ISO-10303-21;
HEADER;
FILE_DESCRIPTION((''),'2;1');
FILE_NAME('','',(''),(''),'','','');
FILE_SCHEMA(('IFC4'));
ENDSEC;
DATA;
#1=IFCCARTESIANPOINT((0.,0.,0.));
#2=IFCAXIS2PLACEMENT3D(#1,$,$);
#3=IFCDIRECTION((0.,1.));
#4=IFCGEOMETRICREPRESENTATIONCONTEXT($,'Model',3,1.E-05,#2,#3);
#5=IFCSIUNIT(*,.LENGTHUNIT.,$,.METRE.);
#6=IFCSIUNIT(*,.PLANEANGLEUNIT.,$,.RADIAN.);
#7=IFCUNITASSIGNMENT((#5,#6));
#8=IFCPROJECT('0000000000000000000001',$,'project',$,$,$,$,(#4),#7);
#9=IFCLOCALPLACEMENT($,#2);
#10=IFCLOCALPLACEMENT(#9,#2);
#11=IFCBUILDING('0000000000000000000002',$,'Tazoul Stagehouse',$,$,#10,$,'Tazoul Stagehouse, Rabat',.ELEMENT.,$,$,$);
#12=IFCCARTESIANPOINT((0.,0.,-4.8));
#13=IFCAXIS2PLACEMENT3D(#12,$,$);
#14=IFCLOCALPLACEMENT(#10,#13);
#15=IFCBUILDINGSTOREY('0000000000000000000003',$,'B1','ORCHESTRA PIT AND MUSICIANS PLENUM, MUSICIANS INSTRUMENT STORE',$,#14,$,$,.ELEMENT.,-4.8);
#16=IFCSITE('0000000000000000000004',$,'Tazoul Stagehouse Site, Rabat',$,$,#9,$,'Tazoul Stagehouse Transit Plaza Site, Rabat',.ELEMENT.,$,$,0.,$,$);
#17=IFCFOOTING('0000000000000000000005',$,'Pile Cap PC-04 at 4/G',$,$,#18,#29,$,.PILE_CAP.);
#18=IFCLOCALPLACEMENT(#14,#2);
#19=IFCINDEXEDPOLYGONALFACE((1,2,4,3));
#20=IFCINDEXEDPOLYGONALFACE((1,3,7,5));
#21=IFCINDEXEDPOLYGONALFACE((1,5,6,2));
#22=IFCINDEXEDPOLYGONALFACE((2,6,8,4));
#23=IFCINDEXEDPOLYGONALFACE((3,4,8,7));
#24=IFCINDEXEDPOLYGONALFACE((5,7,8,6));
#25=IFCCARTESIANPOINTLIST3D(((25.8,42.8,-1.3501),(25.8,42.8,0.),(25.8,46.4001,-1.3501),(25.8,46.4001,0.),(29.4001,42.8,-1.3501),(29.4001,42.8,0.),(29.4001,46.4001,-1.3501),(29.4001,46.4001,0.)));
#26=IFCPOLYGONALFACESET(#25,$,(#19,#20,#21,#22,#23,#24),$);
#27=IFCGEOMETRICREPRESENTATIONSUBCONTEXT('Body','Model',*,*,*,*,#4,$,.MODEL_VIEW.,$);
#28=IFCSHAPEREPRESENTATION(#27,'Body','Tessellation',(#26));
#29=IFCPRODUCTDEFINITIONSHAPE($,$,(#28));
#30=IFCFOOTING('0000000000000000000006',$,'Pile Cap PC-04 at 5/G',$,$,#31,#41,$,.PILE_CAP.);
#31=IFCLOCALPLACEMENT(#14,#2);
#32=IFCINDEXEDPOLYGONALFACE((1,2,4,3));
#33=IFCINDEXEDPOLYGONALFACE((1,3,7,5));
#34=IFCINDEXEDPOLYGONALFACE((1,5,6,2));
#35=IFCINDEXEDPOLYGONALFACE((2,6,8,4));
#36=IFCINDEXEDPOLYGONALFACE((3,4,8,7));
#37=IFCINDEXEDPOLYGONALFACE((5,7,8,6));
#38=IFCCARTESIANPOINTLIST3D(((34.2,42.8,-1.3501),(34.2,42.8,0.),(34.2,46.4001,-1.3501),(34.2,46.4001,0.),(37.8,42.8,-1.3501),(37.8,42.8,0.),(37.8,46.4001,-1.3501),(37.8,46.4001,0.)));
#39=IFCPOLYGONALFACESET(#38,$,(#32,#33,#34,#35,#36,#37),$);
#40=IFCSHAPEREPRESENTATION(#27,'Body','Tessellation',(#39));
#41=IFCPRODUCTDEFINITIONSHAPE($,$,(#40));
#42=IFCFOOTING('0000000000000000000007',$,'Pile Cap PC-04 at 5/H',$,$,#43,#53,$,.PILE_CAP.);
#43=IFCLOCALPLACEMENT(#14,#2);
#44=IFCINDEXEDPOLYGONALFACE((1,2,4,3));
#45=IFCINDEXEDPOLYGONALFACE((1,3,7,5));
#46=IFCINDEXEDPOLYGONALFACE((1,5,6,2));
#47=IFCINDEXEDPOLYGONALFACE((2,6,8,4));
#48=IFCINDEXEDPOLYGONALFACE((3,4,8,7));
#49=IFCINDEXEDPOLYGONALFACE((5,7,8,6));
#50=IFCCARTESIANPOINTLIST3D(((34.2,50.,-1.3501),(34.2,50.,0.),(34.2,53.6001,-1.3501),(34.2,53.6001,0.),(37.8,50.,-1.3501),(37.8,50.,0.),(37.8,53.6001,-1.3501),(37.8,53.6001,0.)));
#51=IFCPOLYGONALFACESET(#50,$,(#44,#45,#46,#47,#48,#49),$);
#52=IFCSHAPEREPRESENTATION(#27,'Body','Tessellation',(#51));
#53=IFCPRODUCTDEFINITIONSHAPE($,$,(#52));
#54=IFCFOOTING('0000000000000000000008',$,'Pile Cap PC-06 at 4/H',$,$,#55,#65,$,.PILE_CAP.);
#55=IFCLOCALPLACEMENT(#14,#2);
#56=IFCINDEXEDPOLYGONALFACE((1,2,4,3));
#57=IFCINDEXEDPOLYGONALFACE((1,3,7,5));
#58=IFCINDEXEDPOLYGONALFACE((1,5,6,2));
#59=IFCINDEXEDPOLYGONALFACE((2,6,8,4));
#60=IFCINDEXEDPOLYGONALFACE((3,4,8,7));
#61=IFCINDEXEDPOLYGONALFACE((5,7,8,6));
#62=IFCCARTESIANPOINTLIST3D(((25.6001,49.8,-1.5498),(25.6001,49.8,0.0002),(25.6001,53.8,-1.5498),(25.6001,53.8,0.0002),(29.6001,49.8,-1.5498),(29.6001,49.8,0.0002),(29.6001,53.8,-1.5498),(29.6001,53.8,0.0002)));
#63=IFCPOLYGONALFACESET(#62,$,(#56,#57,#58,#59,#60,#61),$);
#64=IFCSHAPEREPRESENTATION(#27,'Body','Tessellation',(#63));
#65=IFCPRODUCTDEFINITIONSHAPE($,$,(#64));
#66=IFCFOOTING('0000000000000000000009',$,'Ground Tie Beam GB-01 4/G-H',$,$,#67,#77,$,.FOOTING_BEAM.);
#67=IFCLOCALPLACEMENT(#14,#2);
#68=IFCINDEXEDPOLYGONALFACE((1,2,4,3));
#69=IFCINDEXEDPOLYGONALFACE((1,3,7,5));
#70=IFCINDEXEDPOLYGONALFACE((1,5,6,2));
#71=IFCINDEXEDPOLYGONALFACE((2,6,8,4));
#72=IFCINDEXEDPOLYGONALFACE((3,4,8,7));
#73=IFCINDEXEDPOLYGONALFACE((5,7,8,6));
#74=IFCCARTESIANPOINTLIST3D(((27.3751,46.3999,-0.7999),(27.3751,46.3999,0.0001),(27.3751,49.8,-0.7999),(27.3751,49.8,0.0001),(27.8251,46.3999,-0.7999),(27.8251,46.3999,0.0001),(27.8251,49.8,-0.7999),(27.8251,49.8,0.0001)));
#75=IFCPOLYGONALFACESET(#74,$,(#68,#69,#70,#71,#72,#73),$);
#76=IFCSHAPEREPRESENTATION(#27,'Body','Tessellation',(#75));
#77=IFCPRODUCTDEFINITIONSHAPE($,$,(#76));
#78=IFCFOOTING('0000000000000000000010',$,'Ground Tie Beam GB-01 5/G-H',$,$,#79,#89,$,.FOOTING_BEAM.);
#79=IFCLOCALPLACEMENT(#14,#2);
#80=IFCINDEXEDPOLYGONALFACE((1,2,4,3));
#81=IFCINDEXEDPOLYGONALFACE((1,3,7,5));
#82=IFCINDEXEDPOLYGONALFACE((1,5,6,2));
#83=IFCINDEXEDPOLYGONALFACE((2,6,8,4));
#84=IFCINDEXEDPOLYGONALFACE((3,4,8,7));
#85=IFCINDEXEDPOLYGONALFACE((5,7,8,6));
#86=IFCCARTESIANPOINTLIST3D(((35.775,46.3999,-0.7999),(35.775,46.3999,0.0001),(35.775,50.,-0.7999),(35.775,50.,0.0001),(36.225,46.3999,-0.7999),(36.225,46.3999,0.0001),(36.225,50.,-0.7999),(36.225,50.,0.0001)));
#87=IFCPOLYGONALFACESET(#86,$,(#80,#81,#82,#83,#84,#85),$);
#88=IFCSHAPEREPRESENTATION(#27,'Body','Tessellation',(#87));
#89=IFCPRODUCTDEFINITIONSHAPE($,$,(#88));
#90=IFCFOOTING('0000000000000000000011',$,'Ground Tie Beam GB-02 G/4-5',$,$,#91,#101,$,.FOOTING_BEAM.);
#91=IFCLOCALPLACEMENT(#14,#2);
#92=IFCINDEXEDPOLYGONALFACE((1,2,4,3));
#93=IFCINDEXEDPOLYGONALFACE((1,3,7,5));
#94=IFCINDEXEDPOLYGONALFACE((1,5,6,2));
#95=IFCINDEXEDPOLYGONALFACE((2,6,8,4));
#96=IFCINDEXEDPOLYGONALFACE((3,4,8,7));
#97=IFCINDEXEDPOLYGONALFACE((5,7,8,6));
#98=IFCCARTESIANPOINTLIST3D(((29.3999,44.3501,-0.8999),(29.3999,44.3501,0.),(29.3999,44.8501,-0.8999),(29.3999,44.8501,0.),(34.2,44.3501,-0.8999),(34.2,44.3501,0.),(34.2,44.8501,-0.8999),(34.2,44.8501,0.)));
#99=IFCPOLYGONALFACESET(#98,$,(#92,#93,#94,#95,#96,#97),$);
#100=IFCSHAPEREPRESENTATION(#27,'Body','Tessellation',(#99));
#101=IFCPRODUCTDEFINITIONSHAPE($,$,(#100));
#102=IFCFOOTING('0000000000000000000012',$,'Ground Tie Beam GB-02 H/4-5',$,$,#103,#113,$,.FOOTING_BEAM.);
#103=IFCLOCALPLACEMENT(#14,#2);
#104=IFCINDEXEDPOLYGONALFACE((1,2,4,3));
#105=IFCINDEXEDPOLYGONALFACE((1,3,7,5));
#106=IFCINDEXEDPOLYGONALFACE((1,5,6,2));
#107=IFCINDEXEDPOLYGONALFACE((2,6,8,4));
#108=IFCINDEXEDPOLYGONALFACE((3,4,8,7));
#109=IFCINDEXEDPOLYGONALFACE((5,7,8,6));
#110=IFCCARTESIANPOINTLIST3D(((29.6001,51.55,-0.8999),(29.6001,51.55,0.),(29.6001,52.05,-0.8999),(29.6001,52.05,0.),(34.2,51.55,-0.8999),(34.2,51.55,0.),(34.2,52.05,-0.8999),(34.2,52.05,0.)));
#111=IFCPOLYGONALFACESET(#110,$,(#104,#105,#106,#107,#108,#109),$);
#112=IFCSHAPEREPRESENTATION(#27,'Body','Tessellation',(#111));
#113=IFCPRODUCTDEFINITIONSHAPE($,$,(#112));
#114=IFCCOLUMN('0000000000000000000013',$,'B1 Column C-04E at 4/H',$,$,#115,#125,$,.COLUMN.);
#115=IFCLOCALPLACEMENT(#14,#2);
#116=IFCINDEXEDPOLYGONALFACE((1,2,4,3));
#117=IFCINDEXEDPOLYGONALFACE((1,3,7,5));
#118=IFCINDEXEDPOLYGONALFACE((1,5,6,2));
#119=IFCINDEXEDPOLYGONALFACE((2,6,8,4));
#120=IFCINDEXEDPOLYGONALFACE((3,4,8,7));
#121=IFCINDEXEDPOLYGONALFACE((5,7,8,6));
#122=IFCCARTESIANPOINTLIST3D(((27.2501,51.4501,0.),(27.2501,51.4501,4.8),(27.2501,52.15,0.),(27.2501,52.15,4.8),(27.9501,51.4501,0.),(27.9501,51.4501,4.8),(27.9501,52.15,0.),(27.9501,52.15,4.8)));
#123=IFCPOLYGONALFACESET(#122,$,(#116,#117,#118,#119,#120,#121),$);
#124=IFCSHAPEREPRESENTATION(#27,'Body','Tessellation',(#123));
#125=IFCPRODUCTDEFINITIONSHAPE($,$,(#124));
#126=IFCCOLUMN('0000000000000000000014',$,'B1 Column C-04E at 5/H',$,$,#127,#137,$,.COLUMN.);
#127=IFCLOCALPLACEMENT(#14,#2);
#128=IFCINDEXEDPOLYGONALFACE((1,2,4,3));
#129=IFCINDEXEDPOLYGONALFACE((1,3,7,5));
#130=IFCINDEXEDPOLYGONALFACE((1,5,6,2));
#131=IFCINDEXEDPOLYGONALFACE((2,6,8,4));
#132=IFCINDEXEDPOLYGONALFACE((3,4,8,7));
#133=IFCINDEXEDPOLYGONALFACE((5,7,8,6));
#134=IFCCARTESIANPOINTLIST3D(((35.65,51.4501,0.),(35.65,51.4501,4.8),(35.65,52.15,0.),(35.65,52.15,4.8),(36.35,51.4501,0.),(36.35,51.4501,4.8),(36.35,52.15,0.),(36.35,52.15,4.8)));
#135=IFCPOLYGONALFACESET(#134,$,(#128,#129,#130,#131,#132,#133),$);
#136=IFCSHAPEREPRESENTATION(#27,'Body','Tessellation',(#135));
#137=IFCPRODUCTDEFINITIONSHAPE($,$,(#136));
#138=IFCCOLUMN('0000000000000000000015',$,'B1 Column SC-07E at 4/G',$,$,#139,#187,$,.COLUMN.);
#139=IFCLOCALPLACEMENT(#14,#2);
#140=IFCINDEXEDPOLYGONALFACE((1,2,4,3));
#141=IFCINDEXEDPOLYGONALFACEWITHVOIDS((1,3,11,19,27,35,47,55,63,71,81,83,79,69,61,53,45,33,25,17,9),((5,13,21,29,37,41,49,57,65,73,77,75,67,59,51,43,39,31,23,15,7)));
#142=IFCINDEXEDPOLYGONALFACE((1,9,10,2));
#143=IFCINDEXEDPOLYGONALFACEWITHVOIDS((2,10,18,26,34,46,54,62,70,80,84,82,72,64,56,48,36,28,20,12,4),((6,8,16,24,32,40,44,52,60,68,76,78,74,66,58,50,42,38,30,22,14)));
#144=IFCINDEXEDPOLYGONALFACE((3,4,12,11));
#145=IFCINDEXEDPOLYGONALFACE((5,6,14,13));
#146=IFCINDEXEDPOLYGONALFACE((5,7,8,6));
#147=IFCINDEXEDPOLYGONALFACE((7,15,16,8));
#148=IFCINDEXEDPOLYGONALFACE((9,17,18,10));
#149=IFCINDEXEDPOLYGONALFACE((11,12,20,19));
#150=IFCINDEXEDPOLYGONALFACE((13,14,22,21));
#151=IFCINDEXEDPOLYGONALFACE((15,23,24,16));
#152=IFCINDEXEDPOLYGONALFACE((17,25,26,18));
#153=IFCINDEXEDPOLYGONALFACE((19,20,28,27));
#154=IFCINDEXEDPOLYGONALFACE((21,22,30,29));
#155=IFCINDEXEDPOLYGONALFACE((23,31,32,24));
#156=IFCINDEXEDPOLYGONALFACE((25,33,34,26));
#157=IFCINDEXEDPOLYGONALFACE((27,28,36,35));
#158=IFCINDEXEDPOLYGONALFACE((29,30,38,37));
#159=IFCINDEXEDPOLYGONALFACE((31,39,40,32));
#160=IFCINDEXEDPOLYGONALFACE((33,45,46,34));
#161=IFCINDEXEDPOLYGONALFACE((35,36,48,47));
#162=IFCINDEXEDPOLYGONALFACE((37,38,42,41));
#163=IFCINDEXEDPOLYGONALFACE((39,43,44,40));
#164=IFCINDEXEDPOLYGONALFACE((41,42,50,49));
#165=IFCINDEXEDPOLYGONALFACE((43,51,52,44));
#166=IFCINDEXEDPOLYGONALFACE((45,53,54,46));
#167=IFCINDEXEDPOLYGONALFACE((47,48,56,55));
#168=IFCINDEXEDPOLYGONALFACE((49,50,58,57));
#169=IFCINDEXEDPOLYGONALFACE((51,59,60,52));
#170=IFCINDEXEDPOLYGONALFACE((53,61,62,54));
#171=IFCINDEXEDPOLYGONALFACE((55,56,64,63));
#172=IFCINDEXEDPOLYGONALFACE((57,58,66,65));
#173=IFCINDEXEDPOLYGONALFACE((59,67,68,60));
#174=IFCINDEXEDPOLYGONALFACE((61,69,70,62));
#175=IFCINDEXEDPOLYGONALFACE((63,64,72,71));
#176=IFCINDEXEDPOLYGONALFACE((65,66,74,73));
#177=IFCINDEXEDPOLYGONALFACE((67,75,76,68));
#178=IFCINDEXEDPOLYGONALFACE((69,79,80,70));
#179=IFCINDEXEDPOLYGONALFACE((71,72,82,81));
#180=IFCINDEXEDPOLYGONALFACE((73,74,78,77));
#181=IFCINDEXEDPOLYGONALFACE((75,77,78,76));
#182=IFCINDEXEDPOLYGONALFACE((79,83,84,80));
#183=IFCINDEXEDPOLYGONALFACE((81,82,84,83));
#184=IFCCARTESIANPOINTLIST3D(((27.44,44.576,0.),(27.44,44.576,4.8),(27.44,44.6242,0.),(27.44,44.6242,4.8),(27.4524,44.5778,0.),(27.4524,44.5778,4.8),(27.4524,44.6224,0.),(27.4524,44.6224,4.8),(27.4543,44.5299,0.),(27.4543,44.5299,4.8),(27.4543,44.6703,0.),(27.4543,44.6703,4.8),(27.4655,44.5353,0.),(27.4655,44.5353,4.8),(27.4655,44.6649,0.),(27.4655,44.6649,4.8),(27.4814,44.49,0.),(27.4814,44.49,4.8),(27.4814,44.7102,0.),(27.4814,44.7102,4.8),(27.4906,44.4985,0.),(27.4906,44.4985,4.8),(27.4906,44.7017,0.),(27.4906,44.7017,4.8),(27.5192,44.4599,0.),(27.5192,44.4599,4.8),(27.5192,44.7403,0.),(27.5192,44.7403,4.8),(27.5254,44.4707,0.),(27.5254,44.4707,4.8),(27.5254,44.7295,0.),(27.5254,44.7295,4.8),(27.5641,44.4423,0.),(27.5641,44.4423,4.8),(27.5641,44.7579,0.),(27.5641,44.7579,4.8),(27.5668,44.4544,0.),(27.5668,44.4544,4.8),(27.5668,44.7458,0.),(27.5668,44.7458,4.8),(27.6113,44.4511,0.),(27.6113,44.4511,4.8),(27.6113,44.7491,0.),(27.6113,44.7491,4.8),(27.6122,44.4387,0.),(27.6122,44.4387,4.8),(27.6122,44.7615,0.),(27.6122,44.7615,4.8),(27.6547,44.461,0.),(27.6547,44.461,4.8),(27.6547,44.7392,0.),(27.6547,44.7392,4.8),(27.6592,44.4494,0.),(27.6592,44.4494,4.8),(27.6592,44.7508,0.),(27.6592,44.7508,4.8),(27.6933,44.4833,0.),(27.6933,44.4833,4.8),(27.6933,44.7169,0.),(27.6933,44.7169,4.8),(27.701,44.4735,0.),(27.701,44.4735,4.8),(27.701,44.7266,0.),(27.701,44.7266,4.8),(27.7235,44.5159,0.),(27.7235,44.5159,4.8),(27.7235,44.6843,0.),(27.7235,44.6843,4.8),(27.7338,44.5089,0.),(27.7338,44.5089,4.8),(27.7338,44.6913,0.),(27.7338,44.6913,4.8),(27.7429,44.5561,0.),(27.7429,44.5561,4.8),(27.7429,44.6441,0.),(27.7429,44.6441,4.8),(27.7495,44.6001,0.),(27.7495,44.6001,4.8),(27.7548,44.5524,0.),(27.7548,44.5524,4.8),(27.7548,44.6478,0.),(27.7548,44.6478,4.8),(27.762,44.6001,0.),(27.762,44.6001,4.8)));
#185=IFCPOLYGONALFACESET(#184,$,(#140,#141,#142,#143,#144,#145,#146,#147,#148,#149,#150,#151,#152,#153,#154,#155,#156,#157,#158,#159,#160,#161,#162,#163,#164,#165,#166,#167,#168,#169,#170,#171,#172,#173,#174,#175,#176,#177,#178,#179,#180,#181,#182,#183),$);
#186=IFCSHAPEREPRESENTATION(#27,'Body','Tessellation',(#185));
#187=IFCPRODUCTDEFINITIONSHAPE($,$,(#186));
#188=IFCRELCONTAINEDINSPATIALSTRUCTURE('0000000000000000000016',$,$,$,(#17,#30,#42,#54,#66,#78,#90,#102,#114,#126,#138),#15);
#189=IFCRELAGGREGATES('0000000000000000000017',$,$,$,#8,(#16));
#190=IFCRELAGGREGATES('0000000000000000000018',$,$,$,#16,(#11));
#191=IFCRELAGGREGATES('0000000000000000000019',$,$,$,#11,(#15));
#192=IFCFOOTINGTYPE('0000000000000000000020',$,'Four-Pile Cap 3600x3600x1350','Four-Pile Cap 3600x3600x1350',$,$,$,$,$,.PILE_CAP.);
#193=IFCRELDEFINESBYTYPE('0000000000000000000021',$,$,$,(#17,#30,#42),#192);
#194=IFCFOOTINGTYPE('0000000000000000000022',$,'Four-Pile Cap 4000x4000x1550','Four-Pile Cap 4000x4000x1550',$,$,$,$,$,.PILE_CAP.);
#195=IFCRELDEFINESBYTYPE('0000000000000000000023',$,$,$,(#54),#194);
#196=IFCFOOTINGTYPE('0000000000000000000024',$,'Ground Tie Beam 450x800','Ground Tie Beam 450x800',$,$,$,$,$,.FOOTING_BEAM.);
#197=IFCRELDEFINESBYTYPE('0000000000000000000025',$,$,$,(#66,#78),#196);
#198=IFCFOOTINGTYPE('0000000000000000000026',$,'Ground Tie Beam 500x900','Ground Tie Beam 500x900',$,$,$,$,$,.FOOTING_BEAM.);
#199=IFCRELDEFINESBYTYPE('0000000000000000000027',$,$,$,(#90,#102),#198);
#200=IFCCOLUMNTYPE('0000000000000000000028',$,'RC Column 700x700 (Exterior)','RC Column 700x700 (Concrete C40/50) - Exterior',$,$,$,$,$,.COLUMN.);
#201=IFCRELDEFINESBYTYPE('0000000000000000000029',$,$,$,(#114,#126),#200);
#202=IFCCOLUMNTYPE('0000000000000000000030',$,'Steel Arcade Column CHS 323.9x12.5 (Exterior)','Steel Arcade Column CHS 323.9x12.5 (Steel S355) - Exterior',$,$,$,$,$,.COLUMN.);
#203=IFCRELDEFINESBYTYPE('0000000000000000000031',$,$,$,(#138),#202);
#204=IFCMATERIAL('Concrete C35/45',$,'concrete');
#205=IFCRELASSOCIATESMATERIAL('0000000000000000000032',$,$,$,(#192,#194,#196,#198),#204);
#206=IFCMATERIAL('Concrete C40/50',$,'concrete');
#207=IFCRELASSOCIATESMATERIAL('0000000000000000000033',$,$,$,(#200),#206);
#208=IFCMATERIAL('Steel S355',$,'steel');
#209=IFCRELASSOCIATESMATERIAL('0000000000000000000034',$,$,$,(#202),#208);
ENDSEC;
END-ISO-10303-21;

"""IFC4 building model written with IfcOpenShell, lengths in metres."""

from ifc_helpers import new_model, si_unit, direction, frame, origin, origin_2d, place, context, subcontext, project, spatial, rectangle, hollow_circle, extrude, material, material_profile, profile_set, type_object, element, save


model = new_model("IFC4")

# Units and contexts
model_context = context("Model", 3, precision=1e-05, world=origin(), true_north=direction((0.0, 1.0)))
body_context = subcontext(model_context, "Body", "Model", "MODEL_VIEW")
ifc_project = project(units=[si_unit("LENGTHUNIT", "METRE"), si_unit("PLANEANGLEUNIT", "RADIAN")], contexts=[model_context])

# Site, building, storey
site_placement = place(None, origin())
site = spatial("IfcSite", under=ifc_project, at=site_placement, Name="Tazoul Stagehouse Site, Rabat", LongName="Tazoul Stagehouse Transit Plaza Site, Rabat", CompositionType="ELEMENT", RefElevation=0.0)
building_placement = place(site_placement, origin())
building = spatial("IfcBuilding", under=site, at=building_placement, Name="Tazoul Stagehouse", LongName="Tazoul Stagehouse, Rabat", CompositionType="ELEMENT")
storey_placement = place(building_placement, frame((0.0, 0.0, -4.8)))
storey = spatial("IfcBuildingStorey", under=building, at=storey_placement, Name="B1", Description="ORCHESTRA PIT AND MUSICIANS PLENUM, MUSICIANS INSTRUMENT STORE", CompositionType="ELEMENT", Elevation=-4.8)

# Shared definitions
ifc_material_1 = material(Name="Concrete C35/45", Category="concrete")

# Footings
footing_type_1 = type_object("IfcFootingType", Name="Four-Pile Cap 3600x3600x1350", Description="Four-Pile Cap 3600x3600x1350", PredefinedType="PILE_CAP", material=ifc_material_1)
for number, where, z_axis, x_axis, name in (
    (1, (27.6001, 44.6001, -1.3501), (0.0, 0.0, 1.0), (1.0, 0.0, 0.0), "Pile Cap PC-04 at 4/G"),
    (2, (36.0, 44.6001, -1.3501), (0.0, 0.0, 1.0), (1.0, 0.0, 0.0), "Pile Cap PC-04 at 5/G"),
    (3, (36.0, 51.8, -1.3501), (0.0, 0.0, 1.0), (1.0, 0.0, 0.0), "Pile Cap PC-04 at 5/H"),
):
    element("IfcFooting", number, at=place(storey_placement, frame(where, z_axis=z_axis, x_axis=x_axis)), inside=storey, type_object=footing_type_1, Name=name, PredefinedType="PILE_CAP", context=body_context, shape_type="SweptSolid", body=[
        extrude(rectangle(XDim=3.6001, YDim=3.6001, at=origin_2d()), origin(), (0.0, 0.0, 1.0), 1.3501),
    ])
footing_type_2 = type_object("IfcFootingType", Name="Four-Pile Cap 4000x4000x1550", Description="Four-Pile Cap 4000x4000x1550", PredefinedType="PILE_CAP", material=ifc_material_1)
footing_1_placement = place(storey_placement, frame((27.6001, 51.8, -1.5498), z_axis=(0.0, 0.0, 1.0), x_axis=(1.0, 0.0, 0.0)))
element("IfcFooting", 4, at=footing_1_placement, inside=storey, type_object=footing_type_2, Name="Pile Cap PC-06 at 4/H", PredefinedType="PILE_CAP", context=body_context, shape_type="SweptSolid", body=[
    extrude(rectangle(XDim=4.0, YDim=4.0, at=origin_2d()), origin(), (0.0, 0.0, 1.0), 1.55),
])
ifc_material_profile_1 = material_profile(ifc_material_1, rectangle(XDim=0.45, YDim=0.8, at=origin_2d()), Name="RC 450x800")
ifc_profile_set_1 = profile_set([ifc_material_profile_1], Name="Concrete C35/45")
footing_type_3 = type_object("IfcFootingType", Name="Ground Tie Beam 450x800", Description="Ground Tie Beam 450x800", PredefinedType="FOOTING_BEAM", material=ifc_profile_set_1)
footing_2_placement = place(storey_placement, frame((27.6001, 46.3999, -0.3999), z_axis=(0.0, 1.0, 0.0), x_axis=(-1.0, 0.0, 0.0)))
element("IfcFooting", 5, at=footing_2_placement, inside=storey, type_object=footing_type_3, Name="Ground Tie Beam GB-01 4/G-H", PredefinedType="FOOTING_BEAM", context=body_context, shape_type="SweptSolid", body=[
    extrude(rectangle(XDim=0.45, YDim=0.8, at=origin_2d()), origin(), (0.0, 0.0, 1.0), 3.4001),
])
footing_3_placement = place(storey_placement, frame((36.0, 46.3999, -0.3999), z_axis=(0.0, 1.0, 0.0), x_axis=(-1.0, 0.0, 0.0)))
element("IfcFooting", 6, at=footing_3_placement, inside=storey, type_object=footing_type_3, Name="Ground Tie Beam GB-01 5/G-H", PredefinedType="FOOTING_BEAM", context=body_context, shape_type="SweptSolid", body=[
    extrude(rectangle(XDim=0.45, YDim=0.8, at=origin_2d()), origin(), (0.0, 0.0, 1.0), 3.6001),
])
ifc_material_profile_2 = material_profile(ifc_material_1, rectangle(XDim=0.5, YDim=0.8999, at=origin_2d()), Name="RC 500x900")
ifc_profile_set_2 = profile_set([ifc_material_profile_2], Name="Concrete C35/45")
footing_type_4 = type_object("IfcFootingType", Name="Ground Tie Beam 500x900", Description="Ground Tie Beam 500x900", PredefinedType="FOOTING_BEAM", material=ifc_profile_set_2)
footing_4_placement = place(storey_placement, frame((29.3999, 44.6001, -0.45), z_axis=(1.0, 0.0, 0.0), x_axis=(0.0, 1.0, 0.0)))
element("IfcFooting", 7, at=footing_4_placement, inside=storey, type_object=footing_type_4, Name="Ground Tie Beam GB-02 G/4-5", PredefinedType="FOOTING_BEAM", context=body_context, shape_type="SweptSolid", body=[
    extrude(rectangle(XDim=0.5, YDim=0.8999, at=origin_2d()), origin(), (0.0, 0.0, 1.0), 4.8),
])
footing_5_placement = place(storey_placement, frame((29.6001, 51.8, -0.45), z_axis=(1.0, 0.0, 0.0), x_axis=(0.0, 1.0, 0.0)))
element("IfcFooting", 8, at=footing_5_placement, inside=storey, type_object=footing_type_4, Name="Ground Tie Beam GB-02 H/4-5", PredefinedType="FOOTING_BEAM", context=body_context, shape_type="SweptSolid", body=[
    extrude(rectangle(XDim=0.5, YDim=0.8999, at=origin_2d()), origin(), (0.0, 0.0, 1.0), 4.5999),
])

# Columns
ifc_material_2 = material(Name="Concrete C40/50", Category="concrete")
ifc_material_profile_3 = material_profile(ifc_material_2, rectangle(XDim=0.7, YDim=0.7, at=origin_2d()), Name="RC 700x700")
ifc_profile_set_3 = profile_set([ifc_material_profile_3], Name="Concrete C40/50")
column_type_1 = type_object("IfcColumnType", Name="RC Column 700x700 (Exterior)", Description="RC Column 700x700 (Concrete C40/50) - Exterior", PredefinedType="COLUMN", material=ifc_profile_set_3)
for number, where, z_axis, x_axis, name in (
    (9, (27.6001, 51.8, 0.0), (0.0, 0.0, 1.0), (1.0, 0.0, 0.0), "B1 Column C-04E at 4/H"),
    (10, (36.0, 51.8, 0.0), (0.0, 0.0, 1.0), (1.0, 0.0, 0.0), "B1 Column C-04E at 5/H"),
):
    element("IfcColumn", number, at=place(storey_placement, frame(where, z_axis=z_axis, x_axis=x_axis)), inside=storey, type_object=column_type_1, Name=name, PredefinedType="COLUMN", context=body_context, shape_type="SweptSolid", body=[
        extrude(rectangle(XDim=0.7, YDim=0.7, at=origin_2d()), origin(), (0.0, 0.0, 1.0), 4.8),
    ])
ifc_material_3 = material(Name="Steel S355", Category="steel")
ifc_material_profile_4 = material_profile(ifc_material_3, hollow_circle(Radius=0.1619, WallThickness=0.0125, at=origin_2d()), Name="CHS 323.9x12.5")
ifc_profile_set_4 = profile_set([ifc_material_profile_4], Name="Steel S355")
column_type_2 = type_object("IfcColumnType", Name="Steel Arcade Column CHS 323.9x12.5 (Exterior)", Description="Steel Arcade Column CHS 323.9x12.5 (Steel S355) - Exterior", PredefinedType="COLUMN", material=ifc_profile_set_4)
for number, where, z_axis, x_axis, name in (
    (11, (27.6001, 44.6001, 0.0), (0.0, 0.0, 1.0), (1.0, 0.0, 0.0), "B1 Column SC-07E at 4/G"),
):
    element("IfcColumn", number, at=place(storey_placement, frame(where, z_axis=z_axis, x_axis=x_axis)), inside=storey, type_object=column_type_2, Name=name, PredefinedType="COLUMN", context=body_context, shape_type="SweptSolid", body=[
        extrude(hollow_circle(Radius=0.1619, WallThickness=0.0125, at=origin_2d()), origin(), (0.0, 0.0, 1.0), 4.8),
    ])

save(model, "model.ifc")
